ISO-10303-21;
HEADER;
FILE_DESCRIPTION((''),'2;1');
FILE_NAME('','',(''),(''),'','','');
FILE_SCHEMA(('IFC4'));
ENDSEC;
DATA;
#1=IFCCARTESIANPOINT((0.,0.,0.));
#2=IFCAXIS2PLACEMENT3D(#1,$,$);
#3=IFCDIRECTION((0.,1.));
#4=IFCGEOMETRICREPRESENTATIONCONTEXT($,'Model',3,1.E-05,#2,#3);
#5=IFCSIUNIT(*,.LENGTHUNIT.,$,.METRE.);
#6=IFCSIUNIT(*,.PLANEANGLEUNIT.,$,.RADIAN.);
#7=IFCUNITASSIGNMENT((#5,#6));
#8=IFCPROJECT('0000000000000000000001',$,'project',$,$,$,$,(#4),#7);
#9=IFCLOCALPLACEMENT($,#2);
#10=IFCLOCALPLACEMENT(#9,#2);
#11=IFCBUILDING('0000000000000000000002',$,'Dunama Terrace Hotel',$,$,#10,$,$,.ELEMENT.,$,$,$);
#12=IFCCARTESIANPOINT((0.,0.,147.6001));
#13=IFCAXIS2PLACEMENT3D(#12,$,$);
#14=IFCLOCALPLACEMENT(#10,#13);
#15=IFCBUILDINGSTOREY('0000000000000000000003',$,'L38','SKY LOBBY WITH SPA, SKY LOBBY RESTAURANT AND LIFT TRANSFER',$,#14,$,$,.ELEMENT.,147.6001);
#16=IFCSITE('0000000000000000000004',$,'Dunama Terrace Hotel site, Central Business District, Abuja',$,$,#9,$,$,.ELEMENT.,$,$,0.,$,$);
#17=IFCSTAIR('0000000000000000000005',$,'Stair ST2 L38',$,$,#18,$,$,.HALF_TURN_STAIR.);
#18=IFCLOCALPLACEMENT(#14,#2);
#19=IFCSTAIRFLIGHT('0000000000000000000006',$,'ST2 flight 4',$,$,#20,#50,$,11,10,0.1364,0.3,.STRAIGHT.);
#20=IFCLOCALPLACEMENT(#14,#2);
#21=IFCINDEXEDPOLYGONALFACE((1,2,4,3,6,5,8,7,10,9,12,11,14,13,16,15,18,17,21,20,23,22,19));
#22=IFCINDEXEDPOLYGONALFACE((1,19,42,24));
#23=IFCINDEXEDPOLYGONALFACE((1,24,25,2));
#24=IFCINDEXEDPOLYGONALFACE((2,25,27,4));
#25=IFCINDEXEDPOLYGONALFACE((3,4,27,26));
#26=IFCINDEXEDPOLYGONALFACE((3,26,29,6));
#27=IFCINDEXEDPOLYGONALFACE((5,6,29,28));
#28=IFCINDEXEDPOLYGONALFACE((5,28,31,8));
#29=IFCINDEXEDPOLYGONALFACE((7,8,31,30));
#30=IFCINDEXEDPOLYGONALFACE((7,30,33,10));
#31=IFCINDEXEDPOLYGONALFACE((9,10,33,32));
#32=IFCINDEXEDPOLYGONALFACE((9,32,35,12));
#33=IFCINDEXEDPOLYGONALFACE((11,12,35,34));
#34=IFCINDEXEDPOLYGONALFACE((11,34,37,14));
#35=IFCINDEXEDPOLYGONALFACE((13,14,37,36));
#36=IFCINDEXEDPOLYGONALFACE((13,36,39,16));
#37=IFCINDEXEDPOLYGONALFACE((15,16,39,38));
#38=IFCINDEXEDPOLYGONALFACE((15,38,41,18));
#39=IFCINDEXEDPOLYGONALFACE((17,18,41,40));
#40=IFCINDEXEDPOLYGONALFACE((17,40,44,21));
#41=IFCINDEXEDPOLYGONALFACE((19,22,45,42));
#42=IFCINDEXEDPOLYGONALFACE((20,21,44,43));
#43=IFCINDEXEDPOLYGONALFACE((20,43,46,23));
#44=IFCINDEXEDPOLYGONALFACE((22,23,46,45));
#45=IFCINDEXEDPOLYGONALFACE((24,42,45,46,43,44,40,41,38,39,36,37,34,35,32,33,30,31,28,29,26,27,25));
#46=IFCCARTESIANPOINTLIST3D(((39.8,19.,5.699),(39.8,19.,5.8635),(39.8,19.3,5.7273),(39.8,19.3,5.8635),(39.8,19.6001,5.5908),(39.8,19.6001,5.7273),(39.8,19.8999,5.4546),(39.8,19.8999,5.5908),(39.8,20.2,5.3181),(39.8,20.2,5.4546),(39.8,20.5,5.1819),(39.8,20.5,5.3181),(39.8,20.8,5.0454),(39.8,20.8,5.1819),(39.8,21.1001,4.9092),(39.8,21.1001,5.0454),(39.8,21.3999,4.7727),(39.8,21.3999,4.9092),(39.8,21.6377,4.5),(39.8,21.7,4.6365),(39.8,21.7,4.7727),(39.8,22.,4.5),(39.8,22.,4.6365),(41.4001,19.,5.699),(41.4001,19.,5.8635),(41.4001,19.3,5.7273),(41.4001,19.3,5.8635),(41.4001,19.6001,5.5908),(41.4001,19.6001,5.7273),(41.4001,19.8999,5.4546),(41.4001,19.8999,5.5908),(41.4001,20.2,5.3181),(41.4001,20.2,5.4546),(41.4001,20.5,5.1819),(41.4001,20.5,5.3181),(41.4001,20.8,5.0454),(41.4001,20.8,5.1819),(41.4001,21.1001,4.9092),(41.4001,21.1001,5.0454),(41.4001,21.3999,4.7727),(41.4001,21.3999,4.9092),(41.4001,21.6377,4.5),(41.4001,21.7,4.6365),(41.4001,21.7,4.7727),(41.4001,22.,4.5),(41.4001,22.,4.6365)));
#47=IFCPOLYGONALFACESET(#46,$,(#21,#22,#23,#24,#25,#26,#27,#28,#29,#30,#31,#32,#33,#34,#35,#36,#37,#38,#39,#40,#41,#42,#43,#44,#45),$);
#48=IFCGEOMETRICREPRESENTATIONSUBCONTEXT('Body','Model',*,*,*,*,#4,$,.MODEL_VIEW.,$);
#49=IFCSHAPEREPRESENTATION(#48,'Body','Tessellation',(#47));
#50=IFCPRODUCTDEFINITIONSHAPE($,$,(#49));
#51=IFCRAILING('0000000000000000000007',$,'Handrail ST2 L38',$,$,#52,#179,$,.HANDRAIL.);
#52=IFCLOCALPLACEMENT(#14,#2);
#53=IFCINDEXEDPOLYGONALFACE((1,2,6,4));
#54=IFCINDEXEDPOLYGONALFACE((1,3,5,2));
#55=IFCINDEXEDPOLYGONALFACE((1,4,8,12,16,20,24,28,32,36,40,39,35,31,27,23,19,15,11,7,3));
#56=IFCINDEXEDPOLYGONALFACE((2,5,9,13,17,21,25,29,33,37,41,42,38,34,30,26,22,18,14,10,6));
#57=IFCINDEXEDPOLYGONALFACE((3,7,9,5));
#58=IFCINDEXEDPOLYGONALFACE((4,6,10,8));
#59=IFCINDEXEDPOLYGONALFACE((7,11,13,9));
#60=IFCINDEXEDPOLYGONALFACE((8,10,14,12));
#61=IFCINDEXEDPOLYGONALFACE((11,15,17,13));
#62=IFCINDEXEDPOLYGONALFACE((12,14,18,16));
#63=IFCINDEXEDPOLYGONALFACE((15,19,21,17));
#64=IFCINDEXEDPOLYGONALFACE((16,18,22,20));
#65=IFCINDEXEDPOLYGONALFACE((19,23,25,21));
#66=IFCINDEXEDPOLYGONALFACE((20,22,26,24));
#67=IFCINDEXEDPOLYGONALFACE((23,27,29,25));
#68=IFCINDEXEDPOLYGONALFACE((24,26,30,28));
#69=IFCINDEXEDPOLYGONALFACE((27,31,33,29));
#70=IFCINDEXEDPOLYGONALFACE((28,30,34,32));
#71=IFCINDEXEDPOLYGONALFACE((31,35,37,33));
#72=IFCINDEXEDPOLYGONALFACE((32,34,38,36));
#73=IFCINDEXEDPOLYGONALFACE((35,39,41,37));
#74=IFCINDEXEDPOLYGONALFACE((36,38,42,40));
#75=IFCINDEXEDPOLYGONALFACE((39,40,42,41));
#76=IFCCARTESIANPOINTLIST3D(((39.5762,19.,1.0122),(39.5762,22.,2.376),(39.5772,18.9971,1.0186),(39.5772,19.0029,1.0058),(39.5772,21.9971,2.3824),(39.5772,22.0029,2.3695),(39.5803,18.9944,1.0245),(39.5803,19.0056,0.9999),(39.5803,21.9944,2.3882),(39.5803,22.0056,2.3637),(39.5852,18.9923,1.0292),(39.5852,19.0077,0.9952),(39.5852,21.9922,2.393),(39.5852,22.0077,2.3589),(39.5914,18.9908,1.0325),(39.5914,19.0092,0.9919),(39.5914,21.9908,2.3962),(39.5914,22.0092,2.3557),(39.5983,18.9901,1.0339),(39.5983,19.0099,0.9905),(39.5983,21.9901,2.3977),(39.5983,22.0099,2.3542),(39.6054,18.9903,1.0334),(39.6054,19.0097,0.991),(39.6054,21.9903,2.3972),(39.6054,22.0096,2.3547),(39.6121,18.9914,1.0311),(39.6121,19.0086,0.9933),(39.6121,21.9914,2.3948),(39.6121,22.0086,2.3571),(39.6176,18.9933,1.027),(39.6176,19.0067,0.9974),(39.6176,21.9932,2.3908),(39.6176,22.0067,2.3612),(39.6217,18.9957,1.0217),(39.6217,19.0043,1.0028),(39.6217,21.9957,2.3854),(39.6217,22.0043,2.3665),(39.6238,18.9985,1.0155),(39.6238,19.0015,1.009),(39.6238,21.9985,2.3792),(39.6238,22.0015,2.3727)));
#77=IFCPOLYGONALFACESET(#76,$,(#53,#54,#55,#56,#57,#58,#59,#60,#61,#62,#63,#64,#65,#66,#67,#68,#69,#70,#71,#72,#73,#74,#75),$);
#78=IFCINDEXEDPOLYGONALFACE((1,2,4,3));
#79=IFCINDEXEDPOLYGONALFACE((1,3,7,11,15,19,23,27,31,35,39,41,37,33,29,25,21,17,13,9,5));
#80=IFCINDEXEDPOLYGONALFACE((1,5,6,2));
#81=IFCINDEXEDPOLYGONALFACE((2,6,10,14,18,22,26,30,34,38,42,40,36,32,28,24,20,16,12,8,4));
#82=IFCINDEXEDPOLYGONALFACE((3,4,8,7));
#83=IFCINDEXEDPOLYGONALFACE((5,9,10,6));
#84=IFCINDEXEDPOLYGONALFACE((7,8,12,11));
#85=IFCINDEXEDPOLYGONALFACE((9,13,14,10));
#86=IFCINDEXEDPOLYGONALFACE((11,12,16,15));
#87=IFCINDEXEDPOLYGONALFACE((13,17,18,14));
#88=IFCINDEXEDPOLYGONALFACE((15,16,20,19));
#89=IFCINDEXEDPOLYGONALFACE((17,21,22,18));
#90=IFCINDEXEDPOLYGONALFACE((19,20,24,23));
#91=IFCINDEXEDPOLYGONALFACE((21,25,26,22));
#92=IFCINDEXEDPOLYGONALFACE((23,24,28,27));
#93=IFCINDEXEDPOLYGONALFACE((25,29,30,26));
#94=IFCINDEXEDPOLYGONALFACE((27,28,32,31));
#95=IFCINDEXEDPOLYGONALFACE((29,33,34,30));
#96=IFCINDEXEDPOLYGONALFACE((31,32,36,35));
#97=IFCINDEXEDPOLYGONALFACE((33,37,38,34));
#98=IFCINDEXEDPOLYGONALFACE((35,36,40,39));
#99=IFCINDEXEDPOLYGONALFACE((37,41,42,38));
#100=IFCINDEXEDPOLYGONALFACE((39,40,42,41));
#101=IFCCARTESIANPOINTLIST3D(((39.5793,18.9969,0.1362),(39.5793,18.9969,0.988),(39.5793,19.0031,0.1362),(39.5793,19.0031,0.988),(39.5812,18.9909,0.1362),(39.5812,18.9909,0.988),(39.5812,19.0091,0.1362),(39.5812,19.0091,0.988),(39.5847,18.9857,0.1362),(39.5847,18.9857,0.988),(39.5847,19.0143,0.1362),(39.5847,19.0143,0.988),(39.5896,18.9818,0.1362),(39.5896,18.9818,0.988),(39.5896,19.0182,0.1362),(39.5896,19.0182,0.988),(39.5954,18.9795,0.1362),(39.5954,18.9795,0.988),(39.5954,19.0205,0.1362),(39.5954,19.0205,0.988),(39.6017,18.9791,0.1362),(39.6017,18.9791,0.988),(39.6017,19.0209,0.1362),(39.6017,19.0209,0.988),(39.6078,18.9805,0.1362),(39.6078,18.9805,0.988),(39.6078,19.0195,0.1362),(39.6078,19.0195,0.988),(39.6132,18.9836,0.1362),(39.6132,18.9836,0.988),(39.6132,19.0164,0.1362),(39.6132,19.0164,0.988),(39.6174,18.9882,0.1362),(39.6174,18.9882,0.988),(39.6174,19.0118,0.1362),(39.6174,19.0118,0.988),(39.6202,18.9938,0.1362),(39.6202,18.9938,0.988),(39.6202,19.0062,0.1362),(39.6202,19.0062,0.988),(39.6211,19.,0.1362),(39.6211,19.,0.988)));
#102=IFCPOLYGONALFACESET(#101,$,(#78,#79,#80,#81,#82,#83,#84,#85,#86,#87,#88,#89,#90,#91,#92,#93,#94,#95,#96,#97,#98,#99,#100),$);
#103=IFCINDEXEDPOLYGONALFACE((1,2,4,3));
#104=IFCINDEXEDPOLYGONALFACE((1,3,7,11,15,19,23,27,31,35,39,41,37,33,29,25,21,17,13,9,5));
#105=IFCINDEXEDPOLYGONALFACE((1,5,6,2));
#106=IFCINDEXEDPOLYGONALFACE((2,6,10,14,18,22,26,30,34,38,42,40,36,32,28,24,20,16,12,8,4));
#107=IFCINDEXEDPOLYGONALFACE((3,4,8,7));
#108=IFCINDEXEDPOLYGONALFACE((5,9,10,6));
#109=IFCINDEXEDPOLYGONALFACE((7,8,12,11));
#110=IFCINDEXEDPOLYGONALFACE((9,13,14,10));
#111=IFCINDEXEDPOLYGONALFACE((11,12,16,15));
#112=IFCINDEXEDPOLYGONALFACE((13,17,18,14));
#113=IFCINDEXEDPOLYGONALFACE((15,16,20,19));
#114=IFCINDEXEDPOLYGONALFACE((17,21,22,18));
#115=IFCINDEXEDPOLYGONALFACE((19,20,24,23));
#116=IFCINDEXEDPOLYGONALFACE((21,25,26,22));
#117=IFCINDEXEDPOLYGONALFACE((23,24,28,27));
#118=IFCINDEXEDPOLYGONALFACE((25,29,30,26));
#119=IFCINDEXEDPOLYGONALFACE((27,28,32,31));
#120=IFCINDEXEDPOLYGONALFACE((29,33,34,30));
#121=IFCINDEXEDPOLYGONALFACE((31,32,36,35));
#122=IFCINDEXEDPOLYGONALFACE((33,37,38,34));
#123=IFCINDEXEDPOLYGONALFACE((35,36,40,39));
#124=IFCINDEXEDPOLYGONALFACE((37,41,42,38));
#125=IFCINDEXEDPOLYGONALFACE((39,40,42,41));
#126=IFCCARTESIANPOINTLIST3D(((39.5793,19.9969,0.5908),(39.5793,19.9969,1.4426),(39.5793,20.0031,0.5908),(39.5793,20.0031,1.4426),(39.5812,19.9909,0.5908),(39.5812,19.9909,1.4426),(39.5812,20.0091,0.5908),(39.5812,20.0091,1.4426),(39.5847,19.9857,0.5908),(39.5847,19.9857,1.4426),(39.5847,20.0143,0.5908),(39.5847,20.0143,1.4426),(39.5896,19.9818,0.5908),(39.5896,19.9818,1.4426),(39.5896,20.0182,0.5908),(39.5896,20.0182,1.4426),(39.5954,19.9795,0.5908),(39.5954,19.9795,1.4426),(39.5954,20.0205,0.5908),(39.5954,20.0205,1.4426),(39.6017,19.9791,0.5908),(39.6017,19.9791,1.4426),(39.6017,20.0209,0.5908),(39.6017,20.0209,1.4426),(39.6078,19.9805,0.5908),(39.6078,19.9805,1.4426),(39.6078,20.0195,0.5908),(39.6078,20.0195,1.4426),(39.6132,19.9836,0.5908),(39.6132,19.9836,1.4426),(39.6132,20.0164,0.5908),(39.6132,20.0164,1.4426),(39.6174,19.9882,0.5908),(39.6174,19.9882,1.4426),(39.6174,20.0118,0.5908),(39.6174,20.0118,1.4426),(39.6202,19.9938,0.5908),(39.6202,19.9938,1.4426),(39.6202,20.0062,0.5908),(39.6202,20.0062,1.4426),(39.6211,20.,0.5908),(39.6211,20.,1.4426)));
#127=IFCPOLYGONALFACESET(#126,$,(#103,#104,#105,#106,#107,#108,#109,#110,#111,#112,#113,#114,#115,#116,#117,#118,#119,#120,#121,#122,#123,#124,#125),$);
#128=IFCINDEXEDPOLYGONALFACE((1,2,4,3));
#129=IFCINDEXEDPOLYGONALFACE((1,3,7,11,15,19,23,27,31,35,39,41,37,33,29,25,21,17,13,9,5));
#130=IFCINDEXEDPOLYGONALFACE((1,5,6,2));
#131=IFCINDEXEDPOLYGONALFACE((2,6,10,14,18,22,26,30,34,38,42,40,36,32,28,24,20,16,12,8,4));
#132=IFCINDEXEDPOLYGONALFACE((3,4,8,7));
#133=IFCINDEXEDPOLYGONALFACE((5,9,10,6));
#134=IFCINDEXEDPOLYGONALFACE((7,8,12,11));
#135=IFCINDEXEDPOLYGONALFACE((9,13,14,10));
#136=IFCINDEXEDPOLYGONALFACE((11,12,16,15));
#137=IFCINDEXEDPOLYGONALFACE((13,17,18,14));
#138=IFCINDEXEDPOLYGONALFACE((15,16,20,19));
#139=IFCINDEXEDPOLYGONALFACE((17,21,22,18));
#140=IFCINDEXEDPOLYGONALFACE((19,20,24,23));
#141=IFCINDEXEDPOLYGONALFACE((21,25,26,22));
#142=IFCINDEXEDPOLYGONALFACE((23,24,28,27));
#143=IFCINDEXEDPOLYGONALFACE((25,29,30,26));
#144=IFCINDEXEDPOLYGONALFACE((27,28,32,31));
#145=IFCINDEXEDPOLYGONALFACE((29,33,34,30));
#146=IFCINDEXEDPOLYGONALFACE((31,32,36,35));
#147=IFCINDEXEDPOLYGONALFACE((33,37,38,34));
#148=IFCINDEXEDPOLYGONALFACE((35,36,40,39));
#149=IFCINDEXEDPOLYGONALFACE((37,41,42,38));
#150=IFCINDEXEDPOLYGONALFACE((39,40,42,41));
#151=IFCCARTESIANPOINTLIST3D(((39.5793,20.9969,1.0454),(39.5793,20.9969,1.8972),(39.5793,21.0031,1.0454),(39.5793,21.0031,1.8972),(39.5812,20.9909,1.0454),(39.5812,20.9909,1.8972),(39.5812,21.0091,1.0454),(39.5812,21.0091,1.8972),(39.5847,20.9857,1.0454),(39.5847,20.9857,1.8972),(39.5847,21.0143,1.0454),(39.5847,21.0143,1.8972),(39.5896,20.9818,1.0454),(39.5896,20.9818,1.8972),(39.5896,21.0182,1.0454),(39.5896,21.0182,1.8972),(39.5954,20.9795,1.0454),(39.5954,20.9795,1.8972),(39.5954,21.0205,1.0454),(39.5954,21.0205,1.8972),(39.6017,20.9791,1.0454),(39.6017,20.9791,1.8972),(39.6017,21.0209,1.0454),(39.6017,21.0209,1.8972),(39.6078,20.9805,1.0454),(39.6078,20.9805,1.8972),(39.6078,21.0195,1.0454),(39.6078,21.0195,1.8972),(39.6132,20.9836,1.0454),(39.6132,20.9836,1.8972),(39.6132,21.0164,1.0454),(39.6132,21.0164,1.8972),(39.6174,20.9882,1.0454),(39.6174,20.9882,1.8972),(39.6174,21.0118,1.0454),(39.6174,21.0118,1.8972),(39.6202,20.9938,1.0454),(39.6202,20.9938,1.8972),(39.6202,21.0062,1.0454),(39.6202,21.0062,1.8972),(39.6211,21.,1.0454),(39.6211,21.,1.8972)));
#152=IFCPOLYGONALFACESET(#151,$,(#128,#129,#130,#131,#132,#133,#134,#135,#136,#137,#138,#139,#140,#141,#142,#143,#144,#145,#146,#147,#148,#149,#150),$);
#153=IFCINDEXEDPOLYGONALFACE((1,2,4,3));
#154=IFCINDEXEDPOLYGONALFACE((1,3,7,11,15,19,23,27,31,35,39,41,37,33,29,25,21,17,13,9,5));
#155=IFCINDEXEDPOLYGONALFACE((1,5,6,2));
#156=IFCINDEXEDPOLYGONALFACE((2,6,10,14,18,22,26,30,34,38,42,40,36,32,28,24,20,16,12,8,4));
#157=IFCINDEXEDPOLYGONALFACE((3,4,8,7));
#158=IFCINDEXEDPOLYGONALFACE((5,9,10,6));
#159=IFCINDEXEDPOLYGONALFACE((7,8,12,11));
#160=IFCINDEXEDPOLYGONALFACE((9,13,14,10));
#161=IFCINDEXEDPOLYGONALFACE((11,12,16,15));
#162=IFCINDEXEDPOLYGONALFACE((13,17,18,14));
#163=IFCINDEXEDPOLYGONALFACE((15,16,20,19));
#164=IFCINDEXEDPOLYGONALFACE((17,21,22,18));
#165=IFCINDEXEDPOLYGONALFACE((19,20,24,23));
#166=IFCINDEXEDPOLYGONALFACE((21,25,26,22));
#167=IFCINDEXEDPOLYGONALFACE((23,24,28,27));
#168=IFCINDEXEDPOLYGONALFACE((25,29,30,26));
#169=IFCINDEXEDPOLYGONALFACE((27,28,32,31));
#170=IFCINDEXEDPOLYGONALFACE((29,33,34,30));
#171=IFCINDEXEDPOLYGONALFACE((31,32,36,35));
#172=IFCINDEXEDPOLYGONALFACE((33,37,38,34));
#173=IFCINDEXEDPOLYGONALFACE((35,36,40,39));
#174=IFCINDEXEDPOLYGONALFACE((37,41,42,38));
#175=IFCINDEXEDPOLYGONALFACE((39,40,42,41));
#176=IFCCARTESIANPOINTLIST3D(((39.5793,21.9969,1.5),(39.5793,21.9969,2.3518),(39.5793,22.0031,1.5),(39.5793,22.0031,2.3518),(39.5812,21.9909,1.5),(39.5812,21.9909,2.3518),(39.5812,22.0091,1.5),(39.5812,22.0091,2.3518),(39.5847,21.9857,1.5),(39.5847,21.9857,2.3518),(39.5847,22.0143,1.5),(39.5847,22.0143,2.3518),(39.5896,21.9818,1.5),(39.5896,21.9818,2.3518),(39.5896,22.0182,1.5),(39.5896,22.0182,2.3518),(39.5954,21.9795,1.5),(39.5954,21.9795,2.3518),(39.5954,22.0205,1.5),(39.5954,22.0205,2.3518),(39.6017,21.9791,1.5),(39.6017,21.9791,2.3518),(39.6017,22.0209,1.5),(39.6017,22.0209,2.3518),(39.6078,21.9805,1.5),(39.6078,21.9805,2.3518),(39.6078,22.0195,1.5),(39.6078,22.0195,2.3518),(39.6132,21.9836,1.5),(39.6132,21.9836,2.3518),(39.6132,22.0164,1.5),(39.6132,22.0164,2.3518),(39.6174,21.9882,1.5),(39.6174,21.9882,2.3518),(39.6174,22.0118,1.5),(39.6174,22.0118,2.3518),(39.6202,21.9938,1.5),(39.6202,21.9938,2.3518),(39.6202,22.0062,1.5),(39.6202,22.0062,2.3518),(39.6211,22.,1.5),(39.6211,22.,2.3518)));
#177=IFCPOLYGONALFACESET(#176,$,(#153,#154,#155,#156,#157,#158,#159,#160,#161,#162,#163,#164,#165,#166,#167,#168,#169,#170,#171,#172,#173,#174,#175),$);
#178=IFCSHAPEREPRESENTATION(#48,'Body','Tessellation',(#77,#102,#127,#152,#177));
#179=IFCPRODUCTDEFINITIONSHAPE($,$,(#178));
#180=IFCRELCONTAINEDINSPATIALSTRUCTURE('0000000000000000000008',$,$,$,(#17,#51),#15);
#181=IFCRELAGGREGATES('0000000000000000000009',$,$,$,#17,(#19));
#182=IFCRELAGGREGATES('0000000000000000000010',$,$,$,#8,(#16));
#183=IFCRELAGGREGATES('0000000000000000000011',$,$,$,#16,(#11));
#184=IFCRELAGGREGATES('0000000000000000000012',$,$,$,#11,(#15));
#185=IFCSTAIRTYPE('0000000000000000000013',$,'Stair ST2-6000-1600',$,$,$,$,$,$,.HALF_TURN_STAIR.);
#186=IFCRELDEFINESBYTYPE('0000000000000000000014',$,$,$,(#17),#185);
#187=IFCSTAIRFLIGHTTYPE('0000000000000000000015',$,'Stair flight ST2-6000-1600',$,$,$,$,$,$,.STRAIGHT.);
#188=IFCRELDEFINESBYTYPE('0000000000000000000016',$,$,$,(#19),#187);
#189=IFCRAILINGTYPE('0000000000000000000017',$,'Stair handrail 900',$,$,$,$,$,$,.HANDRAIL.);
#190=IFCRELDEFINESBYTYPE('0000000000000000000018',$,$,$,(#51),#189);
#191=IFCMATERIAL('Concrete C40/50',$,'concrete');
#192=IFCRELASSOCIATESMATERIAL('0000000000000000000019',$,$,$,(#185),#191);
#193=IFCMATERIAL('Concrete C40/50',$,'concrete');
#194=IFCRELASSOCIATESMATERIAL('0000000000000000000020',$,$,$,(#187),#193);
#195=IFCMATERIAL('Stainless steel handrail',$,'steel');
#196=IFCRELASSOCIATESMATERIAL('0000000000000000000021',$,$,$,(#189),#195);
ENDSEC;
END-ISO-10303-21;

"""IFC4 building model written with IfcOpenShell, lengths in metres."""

from ifc_helpers import new_model, si_unit, direction, frame, origin, origin_2d, place, context, subcontext, project, spatial, polyline, circle, outline, extrude, material, type_object, element, aggregate, save


model = new_model("IFC4")

# Units and contexts
model_context = context("Model", 3, precision=1e-05, world=origin(), true_north=direction((0.0, 1.0)))
body_context = subcontext(model_context, "Body", "Model", "MODEL_VIEW")
ifc_project = project(units=[si_unit("LENGTHUNIT", "METRE"), si_unit("PLANEANGLEUNIT", "RADIAN")], contexts=[model_context])

# Site, building, storey
site_placement = place(None, origin())
site = spatial("IfcSite", under=ifc_project, at=site_placement, Name="Dunama Terrace Hotel site, Central Business District, Abuja", CompositionType="ELEMENT", RefElevation=0.0)
building_placement = place(site_placement, origin())
building = spatial("IfcBuilding", under=site, at=building_placement, Name="Dunama Terrace Hotel", CompositionType="ELEMENT")
storey_placement = place(building_placement, frame((0.0, 0.0, 147.6001)))
storey = spatial("IfcBuildingStorey", under=building, at=storey_placement, Name="L38", Description="SKY LOBBY WITH SPA, SKY LOBBY RESTAURANT AND LIFT TRANSFER", CompositionType="ELEMENT", Elevation=147.6001)

# Stair, stair flight
ifc_material_1 = material(Name="Concrete C40/50", Category="concrete")
stair_type = type_object("IfcStairType", Name="Stair ST2-6000-1600", PredefinedType="HALF_TURN_STAIR", material=ifc_material_1)
stair_placement = place(storey_placement, origin())
stair = element("IfcStair", 1, at=stair_placement, inside=storey, type_object=stair_type, Name="Stair ST2 L38", PredefinedType="HALF_TURN_STAIR")
ifc_material_2 = material(Name="Concrete C40/50", Category="concrete")
stair_flight_type = type_object("IfcStairFlightType", Name="Stair flight ST2-6000-1600", PredefinedType="STRAIGHT", material=ifc_material_2)
stair_flight_1_placement = place(storey_placement, frame((40.6001, 22.0, 4.5), z_axis=(0.0, 0.0, 1.0), x_axis=(0.0, -1.0, 0.0)))
stair_flight_1 = element("IfcStairFlight", 2, at=stair_flight_1_placement, type_object=stair_flight_type, Name="ST2 flight 4", NumberOfRisers=11, NumberOfTreads=10, PredefinedType="STRAIGHT", RiserHeight=0.1364, TreadLength=0.3, context=body_context, shape_type="SweptSolid", body=[
    extrude(outline(polyline([(0.0, 0.0), (0.0, 0.1365), (0.3, 0.1365), (0.3, 0.2727), (0.6001, 0.2727), (0.6001, 0.4092), (0.8999, 0.4092), (0.8999, 0.5454), (1.2, 0.5454), (1.2, 0.6819), (1.5, 0.6819), (1.5, 0.8181), (1.8, 0.8181), (1.8, 0.9546), (2.1001, 0.9546), (2.1001, 1.0908), (2.3999, 1.0908), (2.3999, 1.2273), (2.7, 1.2273), (2.7, 1.3635), (3.0, 1.3635), (3.0, 1.5), (3.0, 1.199), (0.3623, 0.0), (0.0, 0.0)])), frame((0.0, 0.8, 0.0), z_axis=(0.0, -1.0, 0.0), x_axis=(1.0, 0.0, 0.0)), (0.0, 0.0, 1.0), 1.6001),
])
aggregate(stair, [stair_flight_1])

# Railing
ifc_material_3 = material(Name="Stainless steel handrail", Category="steel")
railing_type = type_object("IfcRailingType", Name="Stair handrail 900", PredefinedType="HANDRAIL", material=ifc_material_3)
railing_1_placement = place(storey_placement, frame((39.6001, 19.0, 0.1362)))
element("IfcRailing", 3, at=railing_1_placement, inside=storey, type_object=railing_type, Name="Handrail ST2 L38", PredefinedType="HANDRAIL", context=body_context, shape_type="SweptSolid", body=[
    extrude(circle(Radius=0.0239, at=origin_2d()), frame((0.0, 0.0, 0.876), z_axis=(0.0, 0.910351, 0.413836), x_axis=(-1.0, 0.0, 0.0)), (0.0, 0.0, 1.0), 3.2954),
    extrude(circle(Radius=0.021, at=origin_2d()), origin(), (0.0, 0.0, 1.0), 0.8518),
    extrude(circle(Radius=0.021, at=origin_2d()), frame((0.0, 1.0, 0.4546)), (0.0, 0.0, 1.0), 0.8518),
    extrude(circle(Radius=0.021, at=origin_2d()), frame((0.0, 2.0, 0.9092)), (0.0, 0.0, 1.0), 0.8518),
    extrude(circle(Radius=0.021, at=origin_2d()), frame((0.0, 3.0, 1.3638)), (0.0, 0.0, 1.0), 0.8518),
])

save(model, "model.ifc")
